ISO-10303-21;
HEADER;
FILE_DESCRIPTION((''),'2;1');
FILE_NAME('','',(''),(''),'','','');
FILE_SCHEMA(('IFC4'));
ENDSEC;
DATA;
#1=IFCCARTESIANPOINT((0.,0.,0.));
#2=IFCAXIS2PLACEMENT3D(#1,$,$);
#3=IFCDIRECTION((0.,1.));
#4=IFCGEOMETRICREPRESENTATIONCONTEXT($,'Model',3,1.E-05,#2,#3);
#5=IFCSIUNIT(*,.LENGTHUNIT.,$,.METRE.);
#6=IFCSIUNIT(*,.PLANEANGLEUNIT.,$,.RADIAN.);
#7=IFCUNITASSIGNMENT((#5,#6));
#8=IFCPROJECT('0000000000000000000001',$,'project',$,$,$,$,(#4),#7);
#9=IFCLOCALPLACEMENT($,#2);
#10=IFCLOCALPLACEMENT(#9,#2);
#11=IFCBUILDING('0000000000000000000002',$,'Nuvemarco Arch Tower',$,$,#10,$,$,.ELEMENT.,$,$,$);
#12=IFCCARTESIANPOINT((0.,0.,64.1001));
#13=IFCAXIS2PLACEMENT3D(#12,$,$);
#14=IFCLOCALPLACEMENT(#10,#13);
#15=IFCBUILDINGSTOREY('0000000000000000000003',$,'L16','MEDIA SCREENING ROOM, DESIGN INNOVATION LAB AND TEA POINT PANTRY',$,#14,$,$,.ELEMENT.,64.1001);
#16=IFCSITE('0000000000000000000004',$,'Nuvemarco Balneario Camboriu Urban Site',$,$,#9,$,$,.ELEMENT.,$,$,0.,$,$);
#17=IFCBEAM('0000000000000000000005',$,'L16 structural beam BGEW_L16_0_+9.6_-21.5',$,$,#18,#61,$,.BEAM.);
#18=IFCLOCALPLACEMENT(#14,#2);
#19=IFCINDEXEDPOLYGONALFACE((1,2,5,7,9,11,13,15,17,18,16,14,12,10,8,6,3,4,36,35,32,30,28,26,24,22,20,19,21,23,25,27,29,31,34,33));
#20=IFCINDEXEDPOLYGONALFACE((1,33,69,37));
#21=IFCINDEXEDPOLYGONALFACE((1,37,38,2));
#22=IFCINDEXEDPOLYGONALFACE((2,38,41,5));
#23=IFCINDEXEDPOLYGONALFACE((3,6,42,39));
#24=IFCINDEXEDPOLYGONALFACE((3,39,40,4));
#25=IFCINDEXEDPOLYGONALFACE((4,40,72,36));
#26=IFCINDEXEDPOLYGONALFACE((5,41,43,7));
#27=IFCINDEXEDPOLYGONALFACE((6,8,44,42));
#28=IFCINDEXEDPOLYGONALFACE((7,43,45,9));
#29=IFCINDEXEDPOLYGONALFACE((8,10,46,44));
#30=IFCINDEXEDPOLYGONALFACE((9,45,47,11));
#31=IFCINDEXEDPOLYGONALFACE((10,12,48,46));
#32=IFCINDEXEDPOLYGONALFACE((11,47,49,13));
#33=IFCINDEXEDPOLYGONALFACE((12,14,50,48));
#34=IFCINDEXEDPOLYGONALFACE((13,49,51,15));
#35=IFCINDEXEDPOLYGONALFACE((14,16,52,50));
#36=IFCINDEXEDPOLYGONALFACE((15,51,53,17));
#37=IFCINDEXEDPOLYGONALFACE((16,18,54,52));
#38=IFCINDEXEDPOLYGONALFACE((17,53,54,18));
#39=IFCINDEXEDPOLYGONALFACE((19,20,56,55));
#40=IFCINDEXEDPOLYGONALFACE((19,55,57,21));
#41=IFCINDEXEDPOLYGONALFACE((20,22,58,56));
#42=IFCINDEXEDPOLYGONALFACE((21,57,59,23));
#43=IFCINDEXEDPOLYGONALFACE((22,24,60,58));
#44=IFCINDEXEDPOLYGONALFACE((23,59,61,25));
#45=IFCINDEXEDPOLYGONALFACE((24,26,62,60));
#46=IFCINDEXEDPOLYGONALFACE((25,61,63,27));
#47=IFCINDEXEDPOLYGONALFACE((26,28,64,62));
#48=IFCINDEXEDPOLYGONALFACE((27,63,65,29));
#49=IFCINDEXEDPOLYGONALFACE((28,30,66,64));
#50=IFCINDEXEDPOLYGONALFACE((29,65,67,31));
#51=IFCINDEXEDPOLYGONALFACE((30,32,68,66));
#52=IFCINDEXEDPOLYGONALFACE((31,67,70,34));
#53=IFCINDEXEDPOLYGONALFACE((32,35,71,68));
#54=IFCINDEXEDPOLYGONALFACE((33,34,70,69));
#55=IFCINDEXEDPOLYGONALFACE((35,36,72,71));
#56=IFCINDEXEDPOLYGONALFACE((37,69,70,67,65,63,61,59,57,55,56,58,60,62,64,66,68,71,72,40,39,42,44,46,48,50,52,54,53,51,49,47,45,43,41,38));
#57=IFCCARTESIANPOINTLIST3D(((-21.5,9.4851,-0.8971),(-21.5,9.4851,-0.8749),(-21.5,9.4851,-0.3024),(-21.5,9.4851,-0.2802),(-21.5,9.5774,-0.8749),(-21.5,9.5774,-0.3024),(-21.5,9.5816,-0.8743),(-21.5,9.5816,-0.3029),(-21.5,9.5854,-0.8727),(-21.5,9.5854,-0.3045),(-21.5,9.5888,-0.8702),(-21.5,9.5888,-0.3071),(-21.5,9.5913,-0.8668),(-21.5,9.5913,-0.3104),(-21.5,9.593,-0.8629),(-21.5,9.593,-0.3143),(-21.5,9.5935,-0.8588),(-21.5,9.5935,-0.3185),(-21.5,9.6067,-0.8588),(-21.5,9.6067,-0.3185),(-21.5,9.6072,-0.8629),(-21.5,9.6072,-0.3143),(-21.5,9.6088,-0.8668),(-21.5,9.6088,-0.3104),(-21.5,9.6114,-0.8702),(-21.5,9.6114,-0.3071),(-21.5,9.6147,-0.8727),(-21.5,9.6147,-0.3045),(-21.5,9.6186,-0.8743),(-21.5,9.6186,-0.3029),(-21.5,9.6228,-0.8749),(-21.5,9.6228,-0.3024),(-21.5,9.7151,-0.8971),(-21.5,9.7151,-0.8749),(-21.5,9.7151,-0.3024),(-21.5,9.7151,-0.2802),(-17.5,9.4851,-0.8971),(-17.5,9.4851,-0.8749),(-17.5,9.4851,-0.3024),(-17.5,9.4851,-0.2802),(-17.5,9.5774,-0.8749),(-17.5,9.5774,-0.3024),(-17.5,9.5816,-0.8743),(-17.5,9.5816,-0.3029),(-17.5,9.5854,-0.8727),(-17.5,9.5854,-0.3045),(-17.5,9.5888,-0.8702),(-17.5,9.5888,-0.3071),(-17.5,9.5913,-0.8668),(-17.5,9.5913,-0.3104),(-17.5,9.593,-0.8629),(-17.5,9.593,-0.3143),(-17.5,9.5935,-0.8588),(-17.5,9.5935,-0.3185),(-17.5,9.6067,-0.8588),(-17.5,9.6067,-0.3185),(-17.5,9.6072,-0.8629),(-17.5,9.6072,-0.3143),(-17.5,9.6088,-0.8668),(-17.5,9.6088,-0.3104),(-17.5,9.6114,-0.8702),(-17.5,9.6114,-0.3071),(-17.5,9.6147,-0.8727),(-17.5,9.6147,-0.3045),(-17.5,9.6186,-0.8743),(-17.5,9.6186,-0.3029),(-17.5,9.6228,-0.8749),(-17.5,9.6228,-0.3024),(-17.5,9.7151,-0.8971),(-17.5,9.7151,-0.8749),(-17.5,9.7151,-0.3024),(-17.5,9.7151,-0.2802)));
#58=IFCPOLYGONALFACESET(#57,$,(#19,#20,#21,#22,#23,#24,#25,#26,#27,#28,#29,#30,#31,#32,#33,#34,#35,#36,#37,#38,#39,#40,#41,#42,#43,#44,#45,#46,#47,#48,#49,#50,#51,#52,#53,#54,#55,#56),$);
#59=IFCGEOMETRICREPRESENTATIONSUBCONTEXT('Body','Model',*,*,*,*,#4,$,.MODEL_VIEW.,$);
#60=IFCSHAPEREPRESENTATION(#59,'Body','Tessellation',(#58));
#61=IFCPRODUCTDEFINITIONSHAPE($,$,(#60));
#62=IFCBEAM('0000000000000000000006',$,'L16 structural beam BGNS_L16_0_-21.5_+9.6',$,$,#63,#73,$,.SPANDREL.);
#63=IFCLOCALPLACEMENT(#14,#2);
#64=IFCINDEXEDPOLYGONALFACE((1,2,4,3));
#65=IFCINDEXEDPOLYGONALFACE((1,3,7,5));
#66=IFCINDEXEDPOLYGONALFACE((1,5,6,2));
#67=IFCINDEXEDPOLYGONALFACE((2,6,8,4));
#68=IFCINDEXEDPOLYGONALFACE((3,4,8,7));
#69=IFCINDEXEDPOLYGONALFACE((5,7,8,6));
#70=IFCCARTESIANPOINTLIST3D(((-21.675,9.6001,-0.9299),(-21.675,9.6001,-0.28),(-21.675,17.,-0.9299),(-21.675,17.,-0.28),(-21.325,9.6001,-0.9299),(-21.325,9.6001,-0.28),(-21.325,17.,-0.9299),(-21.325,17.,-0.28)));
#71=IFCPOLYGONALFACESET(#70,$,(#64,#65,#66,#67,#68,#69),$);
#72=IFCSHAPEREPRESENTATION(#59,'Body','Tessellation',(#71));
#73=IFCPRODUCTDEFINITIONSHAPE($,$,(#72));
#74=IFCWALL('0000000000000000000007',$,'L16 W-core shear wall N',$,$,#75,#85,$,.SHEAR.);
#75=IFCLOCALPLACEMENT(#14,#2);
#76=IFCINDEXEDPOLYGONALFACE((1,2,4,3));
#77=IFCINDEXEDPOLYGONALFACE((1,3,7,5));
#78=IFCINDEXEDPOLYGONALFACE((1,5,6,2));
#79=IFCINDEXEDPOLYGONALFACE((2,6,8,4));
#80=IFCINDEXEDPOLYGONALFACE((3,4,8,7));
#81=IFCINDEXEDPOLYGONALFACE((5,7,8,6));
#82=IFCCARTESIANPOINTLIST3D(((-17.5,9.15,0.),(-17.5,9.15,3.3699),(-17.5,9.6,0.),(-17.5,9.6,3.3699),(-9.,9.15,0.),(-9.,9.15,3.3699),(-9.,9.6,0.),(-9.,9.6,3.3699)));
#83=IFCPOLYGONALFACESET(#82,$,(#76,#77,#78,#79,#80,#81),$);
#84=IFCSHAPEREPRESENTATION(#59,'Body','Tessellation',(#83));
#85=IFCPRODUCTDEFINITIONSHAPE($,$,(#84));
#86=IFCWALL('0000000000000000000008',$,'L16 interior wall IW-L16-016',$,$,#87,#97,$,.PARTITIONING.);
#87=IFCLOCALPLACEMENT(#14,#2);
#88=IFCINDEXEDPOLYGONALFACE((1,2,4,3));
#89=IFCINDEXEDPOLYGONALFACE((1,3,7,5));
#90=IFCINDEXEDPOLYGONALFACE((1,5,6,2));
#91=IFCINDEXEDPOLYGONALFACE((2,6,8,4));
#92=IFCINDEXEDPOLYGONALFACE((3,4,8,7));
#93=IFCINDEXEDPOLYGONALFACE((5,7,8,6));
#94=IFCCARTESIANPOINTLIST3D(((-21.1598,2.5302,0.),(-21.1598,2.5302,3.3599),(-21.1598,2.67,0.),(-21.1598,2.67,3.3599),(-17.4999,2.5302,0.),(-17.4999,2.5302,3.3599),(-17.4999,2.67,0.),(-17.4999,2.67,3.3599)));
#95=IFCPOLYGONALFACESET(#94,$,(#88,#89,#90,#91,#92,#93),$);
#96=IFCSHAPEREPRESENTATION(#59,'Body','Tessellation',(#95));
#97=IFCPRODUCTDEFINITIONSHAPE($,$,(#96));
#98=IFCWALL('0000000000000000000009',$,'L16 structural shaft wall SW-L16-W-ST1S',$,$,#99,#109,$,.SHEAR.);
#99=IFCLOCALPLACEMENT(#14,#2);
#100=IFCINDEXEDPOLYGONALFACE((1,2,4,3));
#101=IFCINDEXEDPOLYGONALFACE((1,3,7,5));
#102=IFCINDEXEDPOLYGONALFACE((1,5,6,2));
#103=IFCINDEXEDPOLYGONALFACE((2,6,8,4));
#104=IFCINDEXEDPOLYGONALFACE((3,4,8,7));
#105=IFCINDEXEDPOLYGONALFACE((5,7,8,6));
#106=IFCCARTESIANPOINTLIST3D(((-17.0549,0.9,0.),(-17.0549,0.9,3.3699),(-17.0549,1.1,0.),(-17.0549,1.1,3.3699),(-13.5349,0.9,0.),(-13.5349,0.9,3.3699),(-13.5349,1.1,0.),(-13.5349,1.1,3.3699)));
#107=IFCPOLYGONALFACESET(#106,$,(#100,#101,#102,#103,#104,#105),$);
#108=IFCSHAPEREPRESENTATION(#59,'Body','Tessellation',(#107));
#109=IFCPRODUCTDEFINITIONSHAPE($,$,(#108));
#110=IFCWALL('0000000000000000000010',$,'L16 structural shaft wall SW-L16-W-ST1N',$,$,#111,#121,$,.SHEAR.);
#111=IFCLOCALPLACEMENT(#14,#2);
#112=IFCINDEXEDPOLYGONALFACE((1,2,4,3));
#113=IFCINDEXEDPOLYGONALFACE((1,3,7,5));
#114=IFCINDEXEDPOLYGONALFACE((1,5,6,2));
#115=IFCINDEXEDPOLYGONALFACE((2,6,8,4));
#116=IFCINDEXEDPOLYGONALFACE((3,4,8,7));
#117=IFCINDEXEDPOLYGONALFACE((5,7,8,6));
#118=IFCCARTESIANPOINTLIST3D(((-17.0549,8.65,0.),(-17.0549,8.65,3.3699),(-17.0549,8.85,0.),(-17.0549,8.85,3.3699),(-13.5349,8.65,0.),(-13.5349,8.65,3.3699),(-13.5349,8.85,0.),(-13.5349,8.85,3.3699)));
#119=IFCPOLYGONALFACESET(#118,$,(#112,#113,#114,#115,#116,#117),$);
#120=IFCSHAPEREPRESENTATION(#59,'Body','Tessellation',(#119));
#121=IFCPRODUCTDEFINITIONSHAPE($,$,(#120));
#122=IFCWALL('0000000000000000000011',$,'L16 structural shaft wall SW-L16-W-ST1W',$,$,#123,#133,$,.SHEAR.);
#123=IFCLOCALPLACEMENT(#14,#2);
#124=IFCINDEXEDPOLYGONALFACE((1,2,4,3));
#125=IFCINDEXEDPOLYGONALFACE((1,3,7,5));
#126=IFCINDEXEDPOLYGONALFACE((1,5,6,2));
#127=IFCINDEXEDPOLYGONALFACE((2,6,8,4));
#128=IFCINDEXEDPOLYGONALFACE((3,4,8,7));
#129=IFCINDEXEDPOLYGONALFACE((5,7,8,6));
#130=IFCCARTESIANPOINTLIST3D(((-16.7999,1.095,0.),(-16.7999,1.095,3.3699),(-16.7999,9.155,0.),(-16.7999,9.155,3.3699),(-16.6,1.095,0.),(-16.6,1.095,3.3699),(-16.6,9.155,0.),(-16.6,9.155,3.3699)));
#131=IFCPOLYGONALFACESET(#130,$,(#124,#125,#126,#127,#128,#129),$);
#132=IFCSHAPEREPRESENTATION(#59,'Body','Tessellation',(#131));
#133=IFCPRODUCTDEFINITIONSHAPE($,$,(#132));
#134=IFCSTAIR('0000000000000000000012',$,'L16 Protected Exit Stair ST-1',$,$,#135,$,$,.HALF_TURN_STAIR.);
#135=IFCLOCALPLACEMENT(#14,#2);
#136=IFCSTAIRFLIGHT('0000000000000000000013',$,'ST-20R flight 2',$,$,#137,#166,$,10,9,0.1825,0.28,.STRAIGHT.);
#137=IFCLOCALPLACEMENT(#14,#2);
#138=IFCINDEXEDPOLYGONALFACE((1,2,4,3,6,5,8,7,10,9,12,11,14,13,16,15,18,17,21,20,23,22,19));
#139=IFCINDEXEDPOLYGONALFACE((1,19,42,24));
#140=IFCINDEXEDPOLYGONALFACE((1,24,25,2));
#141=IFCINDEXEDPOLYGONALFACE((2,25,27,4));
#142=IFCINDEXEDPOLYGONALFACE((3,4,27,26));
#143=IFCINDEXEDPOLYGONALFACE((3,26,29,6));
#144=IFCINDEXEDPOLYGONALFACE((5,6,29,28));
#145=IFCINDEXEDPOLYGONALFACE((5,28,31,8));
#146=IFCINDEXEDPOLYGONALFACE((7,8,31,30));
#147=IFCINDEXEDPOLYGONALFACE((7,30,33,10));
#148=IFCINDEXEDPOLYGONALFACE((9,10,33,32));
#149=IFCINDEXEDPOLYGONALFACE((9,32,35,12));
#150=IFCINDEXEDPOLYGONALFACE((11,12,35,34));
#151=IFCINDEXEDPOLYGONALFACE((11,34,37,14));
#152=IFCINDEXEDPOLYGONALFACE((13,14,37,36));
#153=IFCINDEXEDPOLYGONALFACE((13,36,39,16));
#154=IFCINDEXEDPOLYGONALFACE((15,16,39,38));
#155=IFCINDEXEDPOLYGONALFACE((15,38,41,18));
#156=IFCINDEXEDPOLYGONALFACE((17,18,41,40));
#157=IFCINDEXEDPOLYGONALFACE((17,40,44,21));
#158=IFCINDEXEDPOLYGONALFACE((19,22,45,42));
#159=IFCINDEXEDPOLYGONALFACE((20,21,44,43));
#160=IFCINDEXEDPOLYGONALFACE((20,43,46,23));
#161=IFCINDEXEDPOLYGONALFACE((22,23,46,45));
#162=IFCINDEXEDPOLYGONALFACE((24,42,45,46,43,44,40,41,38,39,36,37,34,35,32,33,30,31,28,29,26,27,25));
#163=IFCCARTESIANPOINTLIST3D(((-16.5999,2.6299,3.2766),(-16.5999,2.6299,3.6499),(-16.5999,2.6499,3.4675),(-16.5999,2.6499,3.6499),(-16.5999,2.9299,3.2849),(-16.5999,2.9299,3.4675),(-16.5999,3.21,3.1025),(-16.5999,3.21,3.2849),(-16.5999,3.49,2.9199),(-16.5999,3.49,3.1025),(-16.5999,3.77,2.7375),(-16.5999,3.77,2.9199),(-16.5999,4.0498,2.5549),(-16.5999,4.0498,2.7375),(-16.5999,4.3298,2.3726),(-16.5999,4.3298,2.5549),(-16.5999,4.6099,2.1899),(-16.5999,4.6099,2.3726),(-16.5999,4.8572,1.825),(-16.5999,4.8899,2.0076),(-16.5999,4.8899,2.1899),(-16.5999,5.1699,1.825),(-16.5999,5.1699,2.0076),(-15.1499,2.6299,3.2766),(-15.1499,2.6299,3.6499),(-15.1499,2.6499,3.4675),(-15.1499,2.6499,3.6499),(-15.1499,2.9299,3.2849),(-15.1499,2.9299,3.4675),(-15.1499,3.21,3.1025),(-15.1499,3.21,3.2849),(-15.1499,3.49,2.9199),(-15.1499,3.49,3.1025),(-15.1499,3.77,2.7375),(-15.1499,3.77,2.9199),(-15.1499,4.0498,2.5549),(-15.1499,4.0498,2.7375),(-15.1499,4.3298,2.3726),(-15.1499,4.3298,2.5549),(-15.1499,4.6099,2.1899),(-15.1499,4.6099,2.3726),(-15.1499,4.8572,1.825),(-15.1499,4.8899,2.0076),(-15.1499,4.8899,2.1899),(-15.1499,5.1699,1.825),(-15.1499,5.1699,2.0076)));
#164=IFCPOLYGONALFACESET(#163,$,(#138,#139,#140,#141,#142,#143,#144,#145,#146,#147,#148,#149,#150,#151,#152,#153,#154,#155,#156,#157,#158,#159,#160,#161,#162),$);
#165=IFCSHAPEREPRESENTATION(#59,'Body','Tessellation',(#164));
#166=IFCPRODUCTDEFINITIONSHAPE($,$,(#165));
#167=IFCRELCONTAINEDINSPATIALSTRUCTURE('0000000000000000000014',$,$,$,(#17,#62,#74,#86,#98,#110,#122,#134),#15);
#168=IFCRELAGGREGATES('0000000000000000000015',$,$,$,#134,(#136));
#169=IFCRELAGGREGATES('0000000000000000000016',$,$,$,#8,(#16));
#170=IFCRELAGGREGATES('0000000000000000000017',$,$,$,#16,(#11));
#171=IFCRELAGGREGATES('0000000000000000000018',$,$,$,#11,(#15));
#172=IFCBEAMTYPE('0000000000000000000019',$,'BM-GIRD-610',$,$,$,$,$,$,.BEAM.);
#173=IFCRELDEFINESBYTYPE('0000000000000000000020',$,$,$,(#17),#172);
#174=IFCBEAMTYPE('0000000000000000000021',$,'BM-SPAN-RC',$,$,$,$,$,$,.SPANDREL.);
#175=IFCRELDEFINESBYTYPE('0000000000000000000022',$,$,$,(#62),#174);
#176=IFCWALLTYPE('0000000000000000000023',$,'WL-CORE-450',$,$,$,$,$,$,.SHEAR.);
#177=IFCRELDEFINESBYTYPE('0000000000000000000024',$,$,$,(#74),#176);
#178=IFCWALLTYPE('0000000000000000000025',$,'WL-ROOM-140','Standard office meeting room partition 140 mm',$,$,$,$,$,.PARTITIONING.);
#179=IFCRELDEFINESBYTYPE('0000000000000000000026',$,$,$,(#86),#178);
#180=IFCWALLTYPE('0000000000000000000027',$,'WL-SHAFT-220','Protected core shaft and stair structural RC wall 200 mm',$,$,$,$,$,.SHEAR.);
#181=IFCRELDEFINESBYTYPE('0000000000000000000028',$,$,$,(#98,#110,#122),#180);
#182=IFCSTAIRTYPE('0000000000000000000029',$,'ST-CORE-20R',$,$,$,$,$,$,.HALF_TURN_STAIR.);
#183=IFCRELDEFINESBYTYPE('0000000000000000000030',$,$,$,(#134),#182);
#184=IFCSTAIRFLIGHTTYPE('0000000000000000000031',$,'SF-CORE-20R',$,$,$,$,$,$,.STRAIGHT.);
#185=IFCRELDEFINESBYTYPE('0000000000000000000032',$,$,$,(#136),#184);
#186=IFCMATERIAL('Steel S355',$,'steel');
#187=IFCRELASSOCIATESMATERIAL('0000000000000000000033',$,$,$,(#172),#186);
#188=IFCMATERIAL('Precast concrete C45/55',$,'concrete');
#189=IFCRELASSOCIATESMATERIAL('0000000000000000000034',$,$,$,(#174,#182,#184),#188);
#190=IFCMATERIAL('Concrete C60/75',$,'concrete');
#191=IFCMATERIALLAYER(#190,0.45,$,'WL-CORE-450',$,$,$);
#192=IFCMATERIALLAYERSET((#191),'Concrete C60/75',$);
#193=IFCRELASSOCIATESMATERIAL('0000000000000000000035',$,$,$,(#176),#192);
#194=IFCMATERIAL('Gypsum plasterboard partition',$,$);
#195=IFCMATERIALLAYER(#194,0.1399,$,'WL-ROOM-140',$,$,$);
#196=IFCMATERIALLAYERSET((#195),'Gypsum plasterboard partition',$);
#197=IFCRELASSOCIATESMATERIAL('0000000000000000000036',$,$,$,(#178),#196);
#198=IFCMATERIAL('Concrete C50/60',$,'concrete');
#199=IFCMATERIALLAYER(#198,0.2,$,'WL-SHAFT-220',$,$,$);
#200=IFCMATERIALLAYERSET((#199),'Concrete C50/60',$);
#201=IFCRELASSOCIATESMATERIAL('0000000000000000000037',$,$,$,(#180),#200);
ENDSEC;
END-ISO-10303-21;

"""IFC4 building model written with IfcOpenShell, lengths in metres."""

from ifc_helpers import new_model, si_unit, direction, frame, frame_2d, origin, origin_2d, place, context, subcontext, project, spatial, polyline, rectangle, i_section, outline, extrude, material, layer, layer_set, material_profile, profile_set, type_object, element, aggregate, save


model = new_model("IFC4")

# Units and contexts
model_context = context("Model", 3, precision=1e-05, world=origin(), true_north=direction((0.0, 1.0)))
body_context = subcontext(model_context, "Body", "Model", "MODEL_VIEW")
ifc_project = project(units=[si_unit("LENGTHUNIT", "METRE"), si_unit("PLANEANGLEUNIT", "RADIAN")], contexts=[model_context])

# Site, building, storey
site_placement = place(None, origin())
site = spatial("IfcSite", under=ifc_project, at=site_placement, Name="Nuvemarco Balneario Camboriu Urban Site", CompositionType="ELEMENT", RefElevation=0.0)
building_placement = place(site_placement, origin())
building = spatial("IfcBuilding", under=site, at=building_placement, Name="Nuvemarco Arch Tower", CompositionType="ELEMENT")
storey_placement = place(building_placement, frame((0.0, 0.0, 64.1001)))
storey = spatial("IfcBuildingStorey", under=building, at=storey_placement, Name="L16", Description="MEDIA SCREENING ROOM, DESIGN INNOVATION LAB AND TEA POINT PANTRY", CompositionType="ELEMENT", Elevation=64.1001)

# Shared definitions
ifc_material_1 = material(Name="Concrete C60/75", Category="concrete")

# Beams
ifc_material_2 = material(Name="Steel S355", Category="steel")
ifc_material_profile_1 = material_profile(ifc_material_2, i_section(OverallWidth=0.23, OverallDepth=0.6169, WebThickness=0.0132, FlangeThickness=0.0222, FilletRadius=0.0161, at=origin_2d()), Name="W610x140")
ifc_profile_set_1 = profile_set([ifc_material_profile_1], Name="Steel S355")
beam_type_1 = type_object("IfcBeamType", Name="BM-GIRD-610", PredefinedType="BEAM", material=ifc_profile_set_1)
for number, where, z_axis, x_axis, name in (
    (1, (-21.5, 9.6001, -0.5886), (1.0, 0.0, 0.0), (0.0, 1.0, 0.0), "L16 structural beam BGEW_L16_0_+9.6_-21.5"),
):
    element("IfcBeam", number, at=place(storey_placement, frame(where, z_axis=z_axis, x_axis=x_axis)), inside=storey, type_object=beam_type_1, Name=name, PredefinedType="BEAM", context=body_context, shape_type="SweptSolid", body=[
        extrude(i_section(OverallWidth=0.23, OverallDepth=0.6169, WebThickness=0.0132, FlangeThickness=0.0222, FilletRadius=0.0161, at=origin_2d()), origin(), (0.0, 0.0, 1.0), 4.0),
    ])
ifc_material_3 = material(Name="Precast concrete C45/55", Category="concrete")
ifc_material_profile_2 = material_profile(ifc_material_3, rectangle(XDim=0.3501, YDim=0.6499, at=origin_2d()), Name="PC-SP-350x650")
ifc_profile_set_2 = profile_set([ifc_material_profile_2], Name="Precast concrete C45/55")
beam_type_2 = type_object("IfcBeamType", Name="BM-SPAN-RC", PredefinedType="SPANDREL", material=ifc_profile_set_2)
beam_1_placement = place(storey_placement, frame((-21.5, 9.6001, -0.605), z_axis=(0.0, 1.0, 0.0), x_axis=(-1.0, 0.0, 0.0)))
element("IfcBeam", 2, at=beam_1_placement, inside=storey, type_object=beam_type_2, Name="L16 structural beam BGNS_L16_0_-21.5_+9.6", PredefinedType="SPANDREL", context=body_context, shape_type="SweptSolid", body=[
    extrude(rectangle(XDim=0.3501, YDim=0.6499, at=origin_2d()), origin(), (0.0, 0.0, 1.0), 7.3999),
])

# Walls
ifc_layer_1 = layer(ifc_material_1, 0.45, Name="WL-CORE-450")
ifc_layer_set_1 = layer_set([ifc_layer_1], Name="Concrete C60/75")
wall_type_1 = type_object("IfcWallType", Name="WL-CORE-450", PredefinedType="SHEAR", material=ifc_layer_set_1)
wall_1_placement = place(storey_placement, frame((-17.5, 9.375, 0.0), z_axis=(0.0, 0.0, 1.0), x_axis=(1.0, 0.0, 0.0)))
element("IfcWall", 3, at=wall_1_placement, inside=storey, type_object=wall_type_1, Name="L16 W-core shear wall N", PredefinedType="SHEAR", context=body_context, shape_type="SweptSolid", body=[
    extrude(rectangle(XDim=8.5, YDim=0.45, at=frame_2d((4.25, 0.0))), origin(), (0.0, 0.0, 1.0), 3.3699),
])
ifc_material_4 = material(Name="Gypsum plasterboard partition")
ifc_layer_2 = layer(ifc_material_4, 0.1399, Name="WL-ROOM-140")
ifc_layer_set_2 = layer_set([ifc_layer_2], Name="Gypsum plasterboard partition")
wall_type_2 = type_object("IfcWallType", Name="WL-ROOM-140", Description="Standard office meeting room partition 140 mm", PredefinedType="PARTITIONING", material=ifc_layer_set_2)
wall_2_placement = place(storey_placement, frame((-21.1599, 2.6001, 0.0), z_axis=(0.0, 0.0, 1.0), x_axis=(1.0, 0.0, 0.0)))
element("IfcWall", 4, at=wall_2_placement, inside=storey, type_object=wall_type_2, Name="L16 interior wall IW-L16-016", PredefinedType="PARTITIONING", context=body_context, shape_type="SweptSolid", body=[
    extrude(rectangle(XDim=3.6599, YDim=0.1399, at=frame_2d((1.8301, 0.0))), origin(), (0.0, 0.0, 1.0), 3.3599),
])
ifc_material_5 = material(Name="Concrete C50/60", Category="concrete")
ifc_layer_3 = layer(ifc_material_5, 0.2, Name="WL-SHAFT-220")
ifc_layer_set_3 = layer_set([ifc_layer_3], Name="Concrete C50/60")
wall_type_3 = type_object("IfcWallType", Name="WL-SHAFT-220", Description="Protected core shaft and stair structural RC wall 200 mm", PredefinedType="SHEAR", material=ifc_layer_set_3)
for number, where, z_axis, x_axis, name in (
    (5, (-17.0549, 1.0, 0.0), (0.0, 0.0, 1.0), (1.0, 0.0, 0.0), "L16 structural shaft wall SW-L16-W-ST1S"),
    (6, (-17.0549, 8.75, 0.0), (0.0, 0.0, 1.0), (1.0, 0.0, 0.0), "L16 structural shaft wall SW-L16-W-ST1N"),
):
    element("IfcWall", number, at=place(storey_placement, frame(where, z_axis=z_axis, x_axis=x_axis)), inside=storey, type_object=wall_type_3, Name=name, PredefinedType="SHEAR", context=body_context, shape_type="SweptSolid", body=[
        extrude(rectangle(XDim=3.52, YDim=0.2, at=frame_2d((1.76, 0.0))), origin(), (0.0, 0.0, 1.0), 3.3699),
    ])
wall_3_placement = place(storey_placement, frame((-16.7, 1.095, 0.0), z_axis=(0.0, 0.0, 1.0), x_axis=(0.0, 1.0, 0.0)))
element("IfcWall", 7, at=wall_3_placement, inside=storey, type_object=wall_type_3, Name="L16 structural shaft wall SW-L16-W-ST1W", PredefinedType="SHEAR", context=body_context, shape_type="SweptSolid", body=[
    extrude(rectangle(XDim=8.0601, YDim=0.2, at=frame_2d((4.03, 0.0))), origin(), (0.0, 0.0, 1.0), 3.3699),
])

# Stair, stair flight
stair_type = type_object("IfcStairType", Name="ST-CORE-20R", PredefinedType="HALF_TURN_STAIR", material=ifc_material_3)
stair_placement = place(storey_placement, origin())
stair = element("IfcStair", 8, at=stair_placement, inside=storey, type_object=stair_type, Name="L16 Protected Exit Stair ST-1", PredefinedType="HALF_TURN_STAIR")
stair_flight_type = type_object("IfcStairFlightType", Name="SF-CORE-20R", PredefinedType="STRAIGHT", material=ifc_material_3)
stair_flight_placement = place(storey_placement, frame((-15.875, 5.1699, 1.825), z_axis=(0.0, 0.0, 1.0), x_axis=(0.0, -1.0, 0.0)))
stair_flight = element("IfcStairFlight", 9, at=stair_flight_placement, type_object=stair_flight_type, Name="ST-20R flight 2", NumberOfRisers=10, NumberOfTreads=9, PredefinedType="STRAIGHT", RiserHeight=0.1825, TreadLength=0.28, context=body_context, shape_type="SweptSolid", body=[
    extrude(outline(polyline([(0.0, 0.0), (0.0, 0.1826), (0.28, 0.1826), (0.28, 0.365), (0.5601, 0.365), (0.5601, 0.5476), (0.8401, 0.5476), (0.8401, 0.73), (1.1201, 0.73), (1.1201, 0.9126), (1.3999, 0.9126), (1.3999, 1.095), (1.6799, 1.095), (1.6799, 1.2776), (1.96, 1.2776), (1.96, 1.46), (2.24, 1.46), (2.24, 1.6426), (2.52, 1.6426), (2.52, 1.825), (2.54, 1.825), (2.54, 1.4517), (0.3127, 0.0), (0.0, 0.0)])), frame((0.0, 0.7251, 0.0), z_axis=(0.0, -1.0, 0.0), x_axis=(1.0, 0.0, 0.0)), (0.0, 0.0, 1.0), 1.45),
])
aggregate(stair, [stair_flight])

save(model, "model.ifc")
